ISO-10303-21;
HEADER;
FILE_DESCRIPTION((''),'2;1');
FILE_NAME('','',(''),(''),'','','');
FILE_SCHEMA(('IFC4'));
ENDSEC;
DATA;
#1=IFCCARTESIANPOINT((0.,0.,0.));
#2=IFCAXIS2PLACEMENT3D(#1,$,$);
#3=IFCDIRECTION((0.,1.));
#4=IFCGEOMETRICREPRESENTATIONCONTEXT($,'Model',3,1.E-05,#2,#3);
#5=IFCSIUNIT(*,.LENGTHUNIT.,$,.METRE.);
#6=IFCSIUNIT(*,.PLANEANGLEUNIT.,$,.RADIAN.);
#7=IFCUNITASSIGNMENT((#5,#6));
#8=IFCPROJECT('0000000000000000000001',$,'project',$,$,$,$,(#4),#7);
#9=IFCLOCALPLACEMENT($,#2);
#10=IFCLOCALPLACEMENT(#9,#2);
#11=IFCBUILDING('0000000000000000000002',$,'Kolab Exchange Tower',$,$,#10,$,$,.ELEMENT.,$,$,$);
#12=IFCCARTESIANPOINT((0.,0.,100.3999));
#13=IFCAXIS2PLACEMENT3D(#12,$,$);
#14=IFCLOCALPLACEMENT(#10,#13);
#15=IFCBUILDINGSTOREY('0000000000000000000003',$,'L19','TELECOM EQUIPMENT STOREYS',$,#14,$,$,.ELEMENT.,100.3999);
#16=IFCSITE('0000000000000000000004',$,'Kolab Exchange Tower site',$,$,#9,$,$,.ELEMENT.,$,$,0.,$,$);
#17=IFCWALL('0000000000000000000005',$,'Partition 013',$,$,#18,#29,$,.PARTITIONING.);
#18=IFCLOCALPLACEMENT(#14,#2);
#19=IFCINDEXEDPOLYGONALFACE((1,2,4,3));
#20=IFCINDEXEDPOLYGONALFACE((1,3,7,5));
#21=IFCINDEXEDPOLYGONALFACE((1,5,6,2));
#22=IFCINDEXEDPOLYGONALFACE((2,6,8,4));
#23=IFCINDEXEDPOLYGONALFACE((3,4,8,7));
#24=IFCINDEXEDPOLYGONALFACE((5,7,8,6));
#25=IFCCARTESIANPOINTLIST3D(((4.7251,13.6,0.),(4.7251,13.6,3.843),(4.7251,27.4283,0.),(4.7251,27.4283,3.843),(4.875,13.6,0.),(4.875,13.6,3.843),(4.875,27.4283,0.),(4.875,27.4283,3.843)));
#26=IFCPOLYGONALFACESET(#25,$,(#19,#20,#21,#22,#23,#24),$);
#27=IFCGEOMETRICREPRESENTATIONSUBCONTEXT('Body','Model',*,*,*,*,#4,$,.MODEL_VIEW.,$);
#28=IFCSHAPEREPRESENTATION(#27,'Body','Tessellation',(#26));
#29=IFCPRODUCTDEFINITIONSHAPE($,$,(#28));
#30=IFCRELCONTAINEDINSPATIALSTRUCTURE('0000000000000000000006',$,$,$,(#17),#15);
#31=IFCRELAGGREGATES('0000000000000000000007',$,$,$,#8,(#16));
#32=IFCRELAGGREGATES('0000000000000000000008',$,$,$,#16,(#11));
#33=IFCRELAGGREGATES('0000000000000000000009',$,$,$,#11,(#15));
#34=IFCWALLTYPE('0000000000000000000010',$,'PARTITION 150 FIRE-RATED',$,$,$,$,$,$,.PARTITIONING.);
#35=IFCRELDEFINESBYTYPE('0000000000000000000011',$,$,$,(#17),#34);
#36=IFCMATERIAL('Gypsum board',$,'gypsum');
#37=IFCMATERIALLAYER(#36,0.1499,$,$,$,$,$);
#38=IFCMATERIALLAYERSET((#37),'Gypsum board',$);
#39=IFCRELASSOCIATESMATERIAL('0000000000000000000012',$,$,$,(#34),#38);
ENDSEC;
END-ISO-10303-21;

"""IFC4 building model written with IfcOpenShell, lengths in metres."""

from ifc_helpers import new_model, si_unit, direction, frame, frame_2d, origin, place, context, subcontext, project, spatial, rectangle, extrude, material, layer, layer_set, type_object, element, save


model = new_model("IFC4")

# Units and contexts
model_context = context("Model", 3, precision=1e-05, world=origin(), true_north=direction((0.0, 1.0)))
body_context = subcontext(model_context, "Body", "Model", "MODEL_VIEW")
ifc_project = project(units=[si_unit("LENGTHUNIT", "METRE"), si_unit("PLANEANGLEUNIT", "RADIAN")], contexts=[model_context])

# Site, building, storey
site_placement = place(None, origin())
site = spatial("IfcSite", under=ifc_project, at=site_placement, Name="Kolab Exchange Tower site", CompositionType="ELEMENT", RefElevation=0.0)
building_placement = place(site_placement, origin())
building = spatial("IfcBuilding", under=site, at=building_placement, Name="Kolab Exchange Tower", CompositionType="ELEMENT")
storey_placement = place(building_placement, frame((0.0, 0.0, 100.3999)))
storey = spatial("IfcBuildingStorey", under=building, at=storey_placement, Name="L19", Description="TELECOM EQUIPMENT STOREYS", CompositionType="ELEMENT", Elevation=100.3999)

# Wall
ifc_material_1 = material(Name="Gypsum board", Category="gypsum")
ifc_layer_1 = layer(ifc_material_1, 0.1499)
ifc_layer_set_1 = layer_set([ifc_layer_1], Name="Gypsum board")
wall_type_1 = type_object("IfcWallType", Name="PARTITION 150 FIRE-RATED", PredefinedType="PARTITIONING", material=ifc_layer_set_1)
wall_1_placement = place(storey_placement, frame((4.8, 13.6001, 0.0), z_axis=(0.0, 0.0, 1.0), x_axis=(0.0, 1.0, 0.0)))
element("IfcWall", 1, at=wall_1_placement, inside=storey, type_object=wall_type_1, Name="Partition 013", PredefinedType="PARTITIONING", context=body_context, shape_type="SweptSolid", body=[
    extrude(rectangle(XDim=13.8284, YDim=0.1499, at=frame_2d((6.9141, 0.0))), origin(), (0.0, 0.0, 1.0), 3.843),
])

save(model, "model.ifc")
